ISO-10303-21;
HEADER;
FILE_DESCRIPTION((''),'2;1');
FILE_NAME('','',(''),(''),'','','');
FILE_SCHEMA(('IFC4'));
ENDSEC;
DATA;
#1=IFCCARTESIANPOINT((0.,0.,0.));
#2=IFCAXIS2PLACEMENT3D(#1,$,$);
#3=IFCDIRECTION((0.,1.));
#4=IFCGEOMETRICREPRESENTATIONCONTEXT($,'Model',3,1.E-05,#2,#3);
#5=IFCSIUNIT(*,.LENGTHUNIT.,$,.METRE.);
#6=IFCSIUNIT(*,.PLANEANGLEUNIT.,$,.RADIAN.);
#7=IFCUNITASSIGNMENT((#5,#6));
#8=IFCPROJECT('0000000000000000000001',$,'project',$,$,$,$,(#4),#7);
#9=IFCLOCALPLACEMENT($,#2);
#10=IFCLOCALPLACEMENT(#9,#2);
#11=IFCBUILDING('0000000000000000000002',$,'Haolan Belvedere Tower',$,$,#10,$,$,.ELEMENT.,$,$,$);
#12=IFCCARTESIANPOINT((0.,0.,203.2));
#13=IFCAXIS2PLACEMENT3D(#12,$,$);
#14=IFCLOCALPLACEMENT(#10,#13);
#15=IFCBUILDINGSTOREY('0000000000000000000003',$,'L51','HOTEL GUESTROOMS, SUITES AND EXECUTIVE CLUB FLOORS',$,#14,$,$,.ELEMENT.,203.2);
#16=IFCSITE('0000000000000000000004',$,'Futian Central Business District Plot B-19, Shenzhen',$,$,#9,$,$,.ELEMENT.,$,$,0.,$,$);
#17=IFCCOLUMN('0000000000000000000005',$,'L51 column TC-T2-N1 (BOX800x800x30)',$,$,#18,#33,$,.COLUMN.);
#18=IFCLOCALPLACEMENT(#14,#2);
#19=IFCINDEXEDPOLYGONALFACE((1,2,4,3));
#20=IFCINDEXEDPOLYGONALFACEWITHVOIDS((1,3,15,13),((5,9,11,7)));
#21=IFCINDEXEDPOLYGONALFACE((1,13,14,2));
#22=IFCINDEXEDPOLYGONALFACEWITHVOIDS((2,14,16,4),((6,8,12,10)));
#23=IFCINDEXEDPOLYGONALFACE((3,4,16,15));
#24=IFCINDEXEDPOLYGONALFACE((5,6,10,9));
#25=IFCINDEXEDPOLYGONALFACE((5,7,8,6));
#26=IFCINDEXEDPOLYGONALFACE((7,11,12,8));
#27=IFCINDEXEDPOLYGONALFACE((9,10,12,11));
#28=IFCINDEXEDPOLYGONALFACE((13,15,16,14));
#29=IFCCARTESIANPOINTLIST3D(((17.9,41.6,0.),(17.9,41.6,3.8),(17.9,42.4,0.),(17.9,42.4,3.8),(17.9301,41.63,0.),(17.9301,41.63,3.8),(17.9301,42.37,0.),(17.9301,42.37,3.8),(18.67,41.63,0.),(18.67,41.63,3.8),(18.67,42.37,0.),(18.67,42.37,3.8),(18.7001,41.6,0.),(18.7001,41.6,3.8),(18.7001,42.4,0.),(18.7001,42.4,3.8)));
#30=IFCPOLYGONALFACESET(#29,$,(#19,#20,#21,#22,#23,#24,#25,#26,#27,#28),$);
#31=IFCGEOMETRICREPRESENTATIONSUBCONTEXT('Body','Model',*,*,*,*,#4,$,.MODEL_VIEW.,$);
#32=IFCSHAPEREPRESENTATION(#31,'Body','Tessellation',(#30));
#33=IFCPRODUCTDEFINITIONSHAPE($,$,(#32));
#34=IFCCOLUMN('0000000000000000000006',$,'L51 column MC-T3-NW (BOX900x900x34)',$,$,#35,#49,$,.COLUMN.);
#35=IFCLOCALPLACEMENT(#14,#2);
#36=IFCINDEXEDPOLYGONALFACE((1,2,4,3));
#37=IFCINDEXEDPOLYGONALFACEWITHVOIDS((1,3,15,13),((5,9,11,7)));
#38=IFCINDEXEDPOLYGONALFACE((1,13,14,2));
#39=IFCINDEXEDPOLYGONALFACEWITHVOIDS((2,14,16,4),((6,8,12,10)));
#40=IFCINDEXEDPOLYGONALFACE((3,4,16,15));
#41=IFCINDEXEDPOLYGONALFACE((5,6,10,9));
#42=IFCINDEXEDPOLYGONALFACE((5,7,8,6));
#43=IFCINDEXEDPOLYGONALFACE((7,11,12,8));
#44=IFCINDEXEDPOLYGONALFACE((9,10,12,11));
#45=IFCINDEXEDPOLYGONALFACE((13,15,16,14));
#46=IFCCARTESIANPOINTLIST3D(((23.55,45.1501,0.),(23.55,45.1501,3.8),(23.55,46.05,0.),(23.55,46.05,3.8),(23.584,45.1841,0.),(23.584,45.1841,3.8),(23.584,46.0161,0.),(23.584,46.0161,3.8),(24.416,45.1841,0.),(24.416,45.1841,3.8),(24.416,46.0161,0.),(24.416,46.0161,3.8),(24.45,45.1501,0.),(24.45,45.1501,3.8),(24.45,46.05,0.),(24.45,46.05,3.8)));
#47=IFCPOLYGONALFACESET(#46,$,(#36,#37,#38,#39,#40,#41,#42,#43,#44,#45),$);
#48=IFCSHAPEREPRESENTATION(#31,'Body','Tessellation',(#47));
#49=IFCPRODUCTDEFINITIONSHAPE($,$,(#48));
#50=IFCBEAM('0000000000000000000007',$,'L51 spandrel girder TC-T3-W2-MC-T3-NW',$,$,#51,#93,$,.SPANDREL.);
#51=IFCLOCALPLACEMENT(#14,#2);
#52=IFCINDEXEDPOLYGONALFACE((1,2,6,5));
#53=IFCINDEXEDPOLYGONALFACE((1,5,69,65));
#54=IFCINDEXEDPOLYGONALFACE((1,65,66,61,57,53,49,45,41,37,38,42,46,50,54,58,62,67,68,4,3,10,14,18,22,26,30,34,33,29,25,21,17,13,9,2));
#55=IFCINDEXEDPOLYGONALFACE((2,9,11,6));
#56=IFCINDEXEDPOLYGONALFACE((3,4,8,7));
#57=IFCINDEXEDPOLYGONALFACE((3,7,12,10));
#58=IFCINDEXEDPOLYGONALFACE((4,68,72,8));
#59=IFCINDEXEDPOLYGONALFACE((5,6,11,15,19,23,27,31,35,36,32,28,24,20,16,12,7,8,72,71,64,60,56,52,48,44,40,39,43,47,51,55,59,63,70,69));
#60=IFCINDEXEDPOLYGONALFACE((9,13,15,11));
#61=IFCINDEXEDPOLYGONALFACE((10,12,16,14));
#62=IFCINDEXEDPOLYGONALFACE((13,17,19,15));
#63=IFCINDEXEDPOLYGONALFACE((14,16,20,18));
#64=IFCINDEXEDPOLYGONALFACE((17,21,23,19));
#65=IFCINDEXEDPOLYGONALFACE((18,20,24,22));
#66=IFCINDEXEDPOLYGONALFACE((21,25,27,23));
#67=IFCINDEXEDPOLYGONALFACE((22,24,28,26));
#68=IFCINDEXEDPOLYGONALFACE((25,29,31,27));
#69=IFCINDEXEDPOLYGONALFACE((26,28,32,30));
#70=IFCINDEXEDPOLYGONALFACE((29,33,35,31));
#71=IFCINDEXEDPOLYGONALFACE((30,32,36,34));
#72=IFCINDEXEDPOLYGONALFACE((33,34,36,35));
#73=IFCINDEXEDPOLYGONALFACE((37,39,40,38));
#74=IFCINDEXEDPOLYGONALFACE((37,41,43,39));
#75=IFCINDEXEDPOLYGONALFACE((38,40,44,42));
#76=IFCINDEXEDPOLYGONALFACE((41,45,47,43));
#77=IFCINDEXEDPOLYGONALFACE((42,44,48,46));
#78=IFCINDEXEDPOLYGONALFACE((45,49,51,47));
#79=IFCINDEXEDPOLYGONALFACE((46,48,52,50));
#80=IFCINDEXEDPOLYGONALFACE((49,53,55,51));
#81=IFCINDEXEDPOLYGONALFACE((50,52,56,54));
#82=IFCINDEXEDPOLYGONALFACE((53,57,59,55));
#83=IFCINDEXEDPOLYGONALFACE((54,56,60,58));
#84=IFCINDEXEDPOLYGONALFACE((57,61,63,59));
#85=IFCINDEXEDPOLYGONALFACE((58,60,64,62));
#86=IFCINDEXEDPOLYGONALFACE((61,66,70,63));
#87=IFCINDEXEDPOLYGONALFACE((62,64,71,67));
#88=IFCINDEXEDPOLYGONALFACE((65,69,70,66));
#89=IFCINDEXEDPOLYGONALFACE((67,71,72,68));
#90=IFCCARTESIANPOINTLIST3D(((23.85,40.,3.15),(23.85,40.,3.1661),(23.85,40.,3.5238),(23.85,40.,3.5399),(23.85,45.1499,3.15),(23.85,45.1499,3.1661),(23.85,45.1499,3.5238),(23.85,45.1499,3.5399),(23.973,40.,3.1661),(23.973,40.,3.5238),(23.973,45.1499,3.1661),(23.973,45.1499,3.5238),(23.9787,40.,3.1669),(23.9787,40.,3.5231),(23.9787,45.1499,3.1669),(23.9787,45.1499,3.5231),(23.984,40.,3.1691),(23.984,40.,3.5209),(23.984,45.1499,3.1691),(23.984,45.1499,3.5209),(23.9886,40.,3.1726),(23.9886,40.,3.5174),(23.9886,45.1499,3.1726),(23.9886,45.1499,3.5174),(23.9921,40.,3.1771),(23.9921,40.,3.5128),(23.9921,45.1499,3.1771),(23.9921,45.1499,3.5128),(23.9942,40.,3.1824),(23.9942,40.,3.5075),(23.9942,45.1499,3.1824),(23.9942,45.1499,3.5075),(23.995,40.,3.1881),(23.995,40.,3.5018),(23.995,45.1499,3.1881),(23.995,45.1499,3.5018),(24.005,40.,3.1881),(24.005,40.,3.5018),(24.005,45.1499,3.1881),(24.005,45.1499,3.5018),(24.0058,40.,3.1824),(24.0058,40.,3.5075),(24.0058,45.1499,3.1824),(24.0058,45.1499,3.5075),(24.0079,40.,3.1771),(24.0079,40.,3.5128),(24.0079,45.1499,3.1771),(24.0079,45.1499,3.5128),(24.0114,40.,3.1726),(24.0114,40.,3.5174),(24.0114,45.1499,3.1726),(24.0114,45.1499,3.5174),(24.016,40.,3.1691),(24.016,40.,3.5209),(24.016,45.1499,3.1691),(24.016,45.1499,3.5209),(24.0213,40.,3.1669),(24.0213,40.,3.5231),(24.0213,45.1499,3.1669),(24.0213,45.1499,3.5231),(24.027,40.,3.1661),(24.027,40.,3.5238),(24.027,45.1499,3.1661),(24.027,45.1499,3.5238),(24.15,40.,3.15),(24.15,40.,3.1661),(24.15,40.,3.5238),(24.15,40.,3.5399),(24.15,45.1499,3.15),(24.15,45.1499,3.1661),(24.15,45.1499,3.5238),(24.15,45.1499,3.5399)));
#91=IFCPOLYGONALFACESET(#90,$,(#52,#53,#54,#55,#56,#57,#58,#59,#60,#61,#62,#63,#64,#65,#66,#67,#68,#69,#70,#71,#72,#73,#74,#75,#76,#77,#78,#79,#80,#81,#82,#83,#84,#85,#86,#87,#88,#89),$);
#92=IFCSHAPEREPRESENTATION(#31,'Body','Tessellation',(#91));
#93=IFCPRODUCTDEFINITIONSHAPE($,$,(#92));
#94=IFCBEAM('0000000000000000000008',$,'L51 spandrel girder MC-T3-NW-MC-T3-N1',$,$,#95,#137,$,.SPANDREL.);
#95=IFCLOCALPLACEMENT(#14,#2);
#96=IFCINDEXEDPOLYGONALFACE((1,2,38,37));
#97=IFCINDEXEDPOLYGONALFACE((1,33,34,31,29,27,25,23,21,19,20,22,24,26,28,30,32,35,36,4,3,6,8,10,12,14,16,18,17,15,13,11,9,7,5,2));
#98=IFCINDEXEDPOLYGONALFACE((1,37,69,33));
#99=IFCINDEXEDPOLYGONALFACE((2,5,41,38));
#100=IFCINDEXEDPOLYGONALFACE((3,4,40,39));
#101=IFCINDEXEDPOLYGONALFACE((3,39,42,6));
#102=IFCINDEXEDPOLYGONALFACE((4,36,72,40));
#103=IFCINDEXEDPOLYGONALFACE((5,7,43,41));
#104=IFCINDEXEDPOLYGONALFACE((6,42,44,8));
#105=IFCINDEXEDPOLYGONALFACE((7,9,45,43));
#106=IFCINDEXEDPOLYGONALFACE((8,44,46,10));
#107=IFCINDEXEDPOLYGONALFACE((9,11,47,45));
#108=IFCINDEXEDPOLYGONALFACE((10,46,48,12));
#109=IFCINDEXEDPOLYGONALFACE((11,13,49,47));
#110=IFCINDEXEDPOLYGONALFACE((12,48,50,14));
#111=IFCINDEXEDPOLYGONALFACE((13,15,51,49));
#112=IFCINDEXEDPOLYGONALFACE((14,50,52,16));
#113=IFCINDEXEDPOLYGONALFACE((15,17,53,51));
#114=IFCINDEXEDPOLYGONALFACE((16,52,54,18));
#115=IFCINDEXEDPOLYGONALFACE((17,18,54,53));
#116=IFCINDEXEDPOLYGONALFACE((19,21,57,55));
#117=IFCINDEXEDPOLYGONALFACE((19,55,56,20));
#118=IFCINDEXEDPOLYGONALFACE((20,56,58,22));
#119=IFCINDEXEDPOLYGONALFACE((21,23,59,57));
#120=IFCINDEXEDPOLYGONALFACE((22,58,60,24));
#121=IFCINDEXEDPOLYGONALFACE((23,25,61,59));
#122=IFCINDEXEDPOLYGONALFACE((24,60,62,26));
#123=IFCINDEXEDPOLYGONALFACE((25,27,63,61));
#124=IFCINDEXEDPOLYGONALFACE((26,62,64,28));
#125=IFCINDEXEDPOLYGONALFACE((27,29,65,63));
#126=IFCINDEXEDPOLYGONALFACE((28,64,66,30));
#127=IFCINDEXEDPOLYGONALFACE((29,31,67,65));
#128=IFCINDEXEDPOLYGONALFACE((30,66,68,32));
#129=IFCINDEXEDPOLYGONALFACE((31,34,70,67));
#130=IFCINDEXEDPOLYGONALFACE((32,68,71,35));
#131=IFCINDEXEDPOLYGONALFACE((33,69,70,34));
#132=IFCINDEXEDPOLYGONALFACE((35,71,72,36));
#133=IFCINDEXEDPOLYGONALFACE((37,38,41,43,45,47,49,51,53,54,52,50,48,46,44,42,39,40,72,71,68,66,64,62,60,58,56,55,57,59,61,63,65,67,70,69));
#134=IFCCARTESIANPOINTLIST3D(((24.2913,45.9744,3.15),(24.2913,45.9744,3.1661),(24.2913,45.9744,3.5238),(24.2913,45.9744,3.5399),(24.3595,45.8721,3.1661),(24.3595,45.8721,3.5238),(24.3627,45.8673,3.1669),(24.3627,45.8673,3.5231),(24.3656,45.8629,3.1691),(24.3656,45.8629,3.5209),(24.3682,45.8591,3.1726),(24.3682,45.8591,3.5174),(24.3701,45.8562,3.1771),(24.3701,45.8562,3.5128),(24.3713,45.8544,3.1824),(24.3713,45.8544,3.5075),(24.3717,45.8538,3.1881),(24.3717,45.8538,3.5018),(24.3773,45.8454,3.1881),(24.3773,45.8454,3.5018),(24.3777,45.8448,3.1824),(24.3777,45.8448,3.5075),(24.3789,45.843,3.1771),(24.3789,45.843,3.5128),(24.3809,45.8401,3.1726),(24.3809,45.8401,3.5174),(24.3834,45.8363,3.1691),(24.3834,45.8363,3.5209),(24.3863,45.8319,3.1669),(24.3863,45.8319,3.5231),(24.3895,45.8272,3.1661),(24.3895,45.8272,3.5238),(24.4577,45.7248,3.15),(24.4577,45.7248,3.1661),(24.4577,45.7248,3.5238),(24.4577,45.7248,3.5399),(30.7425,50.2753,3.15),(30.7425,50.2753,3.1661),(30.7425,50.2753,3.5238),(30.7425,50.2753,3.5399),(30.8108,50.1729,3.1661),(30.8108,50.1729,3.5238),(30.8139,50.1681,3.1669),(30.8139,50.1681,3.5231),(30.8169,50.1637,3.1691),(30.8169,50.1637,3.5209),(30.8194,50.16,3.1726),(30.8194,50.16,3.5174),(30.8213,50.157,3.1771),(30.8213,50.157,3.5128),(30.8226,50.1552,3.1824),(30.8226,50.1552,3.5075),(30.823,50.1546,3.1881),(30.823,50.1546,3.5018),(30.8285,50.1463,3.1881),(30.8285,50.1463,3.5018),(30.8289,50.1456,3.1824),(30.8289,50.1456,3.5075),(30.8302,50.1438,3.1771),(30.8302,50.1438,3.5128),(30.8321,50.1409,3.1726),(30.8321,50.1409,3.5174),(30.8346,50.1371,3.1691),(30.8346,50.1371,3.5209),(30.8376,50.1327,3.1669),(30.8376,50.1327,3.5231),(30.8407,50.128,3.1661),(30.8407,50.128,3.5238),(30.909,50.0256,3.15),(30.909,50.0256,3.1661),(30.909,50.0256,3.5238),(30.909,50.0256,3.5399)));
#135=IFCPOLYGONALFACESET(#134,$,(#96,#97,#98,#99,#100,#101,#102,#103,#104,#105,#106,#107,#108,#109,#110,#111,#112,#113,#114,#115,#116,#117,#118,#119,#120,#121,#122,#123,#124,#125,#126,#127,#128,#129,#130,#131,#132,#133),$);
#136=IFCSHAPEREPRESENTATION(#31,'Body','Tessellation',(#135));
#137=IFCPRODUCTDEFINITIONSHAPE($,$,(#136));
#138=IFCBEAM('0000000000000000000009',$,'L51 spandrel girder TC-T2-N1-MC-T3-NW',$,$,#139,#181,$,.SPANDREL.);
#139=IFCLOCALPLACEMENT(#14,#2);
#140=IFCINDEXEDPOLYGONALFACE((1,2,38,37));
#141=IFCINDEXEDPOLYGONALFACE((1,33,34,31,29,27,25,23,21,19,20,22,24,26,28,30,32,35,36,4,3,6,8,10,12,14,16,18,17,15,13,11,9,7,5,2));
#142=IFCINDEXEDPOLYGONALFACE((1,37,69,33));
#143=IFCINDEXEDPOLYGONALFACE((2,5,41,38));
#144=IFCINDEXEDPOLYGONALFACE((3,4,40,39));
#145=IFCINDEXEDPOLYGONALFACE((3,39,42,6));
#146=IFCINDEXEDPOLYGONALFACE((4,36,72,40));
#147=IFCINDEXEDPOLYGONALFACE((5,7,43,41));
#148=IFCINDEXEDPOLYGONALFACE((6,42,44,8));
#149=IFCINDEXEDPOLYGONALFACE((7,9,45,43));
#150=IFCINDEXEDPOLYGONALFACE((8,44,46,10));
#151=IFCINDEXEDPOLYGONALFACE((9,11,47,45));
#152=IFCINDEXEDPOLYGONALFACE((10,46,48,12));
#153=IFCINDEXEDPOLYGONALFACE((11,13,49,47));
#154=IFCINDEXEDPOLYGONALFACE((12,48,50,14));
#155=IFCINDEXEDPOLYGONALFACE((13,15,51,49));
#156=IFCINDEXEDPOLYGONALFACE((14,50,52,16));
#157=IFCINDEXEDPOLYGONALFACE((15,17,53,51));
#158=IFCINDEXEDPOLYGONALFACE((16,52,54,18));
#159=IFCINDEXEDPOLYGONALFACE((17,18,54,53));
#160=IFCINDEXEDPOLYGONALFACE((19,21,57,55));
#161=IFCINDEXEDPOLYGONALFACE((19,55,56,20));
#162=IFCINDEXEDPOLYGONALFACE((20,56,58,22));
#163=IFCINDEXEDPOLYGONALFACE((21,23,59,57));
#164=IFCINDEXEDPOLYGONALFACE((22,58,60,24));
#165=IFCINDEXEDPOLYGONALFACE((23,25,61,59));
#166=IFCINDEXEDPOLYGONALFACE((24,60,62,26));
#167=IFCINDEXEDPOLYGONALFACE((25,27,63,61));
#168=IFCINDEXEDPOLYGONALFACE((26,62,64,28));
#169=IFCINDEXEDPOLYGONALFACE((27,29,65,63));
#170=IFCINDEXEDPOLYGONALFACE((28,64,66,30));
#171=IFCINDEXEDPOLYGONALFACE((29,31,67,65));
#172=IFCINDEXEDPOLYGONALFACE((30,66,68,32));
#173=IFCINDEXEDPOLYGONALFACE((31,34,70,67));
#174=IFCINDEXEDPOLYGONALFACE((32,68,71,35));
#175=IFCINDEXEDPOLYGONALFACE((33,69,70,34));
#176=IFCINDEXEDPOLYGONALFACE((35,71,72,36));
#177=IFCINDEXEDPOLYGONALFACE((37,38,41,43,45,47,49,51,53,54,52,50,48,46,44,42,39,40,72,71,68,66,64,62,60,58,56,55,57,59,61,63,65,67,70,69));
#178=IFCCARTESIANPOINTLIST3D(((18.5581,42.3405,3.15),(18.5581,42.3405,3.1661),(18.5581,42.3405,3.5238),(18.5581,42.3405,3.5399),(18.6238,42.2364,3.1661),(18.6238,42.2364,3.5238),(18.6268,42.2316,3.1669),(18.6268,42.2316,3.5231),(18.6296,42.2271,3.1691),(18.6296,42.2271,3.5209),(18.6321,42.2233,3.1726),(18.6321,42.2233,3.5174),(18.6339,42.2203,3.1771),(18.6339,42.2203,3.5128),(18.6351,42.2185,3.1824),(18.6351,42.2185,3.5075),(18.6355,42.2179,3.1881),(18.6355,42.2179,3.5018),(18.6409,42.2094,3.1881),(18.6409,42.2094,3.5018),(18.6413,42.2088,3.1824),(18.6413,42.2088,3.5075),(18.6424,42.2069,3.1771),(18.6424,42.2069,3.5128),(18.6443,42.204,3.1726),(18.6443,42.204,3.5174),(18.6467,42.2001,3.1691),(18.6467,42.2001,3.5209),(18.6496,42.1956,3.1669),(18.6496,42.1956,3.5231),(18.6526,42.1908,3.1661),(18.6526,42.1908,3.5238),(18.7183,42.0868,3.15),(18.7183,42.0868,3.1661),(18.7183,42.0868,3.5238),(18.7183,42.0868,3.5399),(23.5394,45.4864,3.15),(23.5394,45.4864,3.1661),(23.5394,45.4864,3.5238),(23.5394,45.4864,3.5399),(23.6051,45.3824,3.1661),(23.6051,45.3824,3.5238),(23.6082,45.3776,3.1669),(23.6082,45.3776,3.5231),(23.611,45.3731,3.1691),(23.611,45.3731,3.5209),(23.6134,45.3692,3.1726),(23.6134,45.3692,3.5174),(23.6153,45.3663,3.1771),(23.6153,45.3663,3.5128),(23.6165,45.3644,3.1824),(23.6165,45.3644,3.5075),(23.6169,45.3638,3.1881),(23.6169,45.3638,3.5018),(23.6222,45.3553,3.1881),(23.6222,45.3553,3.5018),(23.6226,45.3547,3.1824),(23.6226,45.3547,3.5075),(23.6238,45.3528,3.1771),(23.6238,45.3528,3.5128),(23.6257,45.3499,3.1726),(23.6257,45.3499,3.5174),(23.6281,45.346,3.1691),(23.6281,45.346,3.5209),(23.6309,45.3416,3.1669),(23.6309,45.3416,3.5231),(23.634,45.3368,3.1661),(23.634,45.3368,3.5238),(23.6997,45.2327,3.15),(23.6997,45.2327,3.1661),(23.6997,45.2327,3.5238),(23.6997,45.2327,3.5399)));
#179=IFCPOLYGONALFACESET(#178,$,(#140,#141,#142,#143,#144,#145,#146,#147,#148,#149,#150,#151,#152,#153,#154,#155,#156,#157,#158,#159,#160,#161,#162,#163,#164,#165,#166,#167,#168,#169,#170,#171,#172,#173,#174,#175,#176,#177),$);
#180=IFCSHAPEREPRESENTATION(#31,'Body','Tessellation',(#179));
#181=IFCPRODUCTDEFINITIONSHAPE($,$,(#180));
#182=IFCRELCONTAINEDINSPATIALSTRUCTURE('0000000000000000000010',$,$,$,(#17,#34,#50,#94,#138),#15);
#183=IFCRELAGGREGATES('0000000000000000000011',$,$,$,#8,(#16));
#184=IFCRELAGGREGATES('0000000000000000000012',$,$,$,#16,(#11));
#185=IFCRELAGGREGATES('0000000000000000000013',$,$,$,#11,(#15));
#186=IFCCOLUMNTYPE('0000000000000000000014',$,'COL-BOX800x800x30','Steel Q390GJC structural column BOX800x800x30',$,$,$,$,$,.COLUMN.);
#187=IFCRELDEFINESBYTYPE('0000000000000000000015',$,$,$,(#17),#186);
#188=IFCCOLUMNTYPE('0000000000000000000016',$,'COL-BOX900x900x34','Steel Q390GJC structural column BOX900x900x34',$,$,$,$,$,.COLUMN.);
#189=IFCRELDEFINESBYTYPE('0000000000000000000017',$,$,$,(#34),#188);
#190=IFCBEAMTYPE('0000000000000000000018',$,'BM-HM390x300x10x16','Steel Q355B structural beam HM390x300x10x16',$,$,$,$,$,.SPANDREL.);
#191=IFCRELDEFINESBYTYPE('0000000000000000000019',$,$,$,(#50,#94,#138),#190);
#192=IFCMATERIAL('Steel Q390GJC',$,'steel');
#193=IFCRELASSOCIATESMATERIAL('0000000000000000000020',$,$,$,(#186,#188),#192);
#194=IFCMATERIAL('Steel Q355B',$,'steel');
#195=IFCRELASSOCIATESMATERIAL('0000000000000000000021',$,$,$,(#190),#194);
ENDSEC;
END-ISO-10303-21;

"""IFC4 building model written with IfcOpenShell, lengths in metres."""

from ifc_helpers import new_model, si_unit, direction, frame, origin, origin_2d, place, context, subcontext, project, spatial, hollow_rectangle, i_section, extrude, material, material_profile, profile_set, type_object, element, save


model = new_model("IFC4")

# Units and contexts
model_context = context("Model", 3, precision=1e-05, world=origin(), true_north=direction((0.0, 1.0)))
body_context = subcontext(model_context, "Body", "Model", "MODEL_VIEW")
ifc_project = project(units=[si_unit("LENGTHUNIT", "METRE"), si_unit("PLANEANGLEUNIT", "RADIAN")], contexts=[model_context])

# Site, building, storey
site_placement = place(None, origin())
site = spatial("IfcSite", under=ifc_project, at=site_placement, Name="Futian Central Business District Plot B-19, Shenzhen", CompositionType="ELEMENT", RefElevation=0.0)
building_placement = place(site_placement, origin())
building = spatial("IfcBuilding", under=site, at=building_placement, Name="Haolan Belvedere Tower", CompositionType="ELEMENT")
storey_placement = place(building_placement, frame((0.0, 0.0, 203.2)))
storey = spatial("IfcBuildingStorey", under=building, at=storey_placement, Name="L51", Description="HOTEL GUESTROOMS, SUITES AND EXECUTIVE CLUB FLOORS", CompositionType="ELEMENT", Elevation=203.2)

# Columns
ifc_material_1 = material(Name="Steel Q390GJC", Category="steel")
ifc_material_profile_1 = material_profile(ifc_material_1, hollow_rectangle(XDim=0.8, YDim=0.8, WallThickness=0.03, at=origin_2d()), Name="Steel Q390GJC")
ifc_profile_set_1 = profile_set([ifc_material_profile_1], Name="Steel Q390GJC")
column_type_1 = type_object("IfcColumnType", Name="COL-BOX800x800x30", Description="Steel Q390GJC structural column BOX800x800x30", PredefinedType="COLUMN", material=ifc_profile_set_1)
column_1_placement = place(storey_placement, frame((18.3, 42.0, 0.0), z_axis=(0.0, 0.0, 1.0), x_axis=(1.0, 0.0, 0.0)))
element("IfcColumn", 1, at=column_1_placement, inside=storey, type_object=column_type_1, Name="L51 column TC-T2-N1 (BOX800x800x30)", PredefinedType="COLUMN", context=body_context, shape_type="SweptSolid", body=[
    extrude(hollow_rectangle(XDim=0.8, YDim=0.8, WallThickness=0.03, at=origin_2d()), origin(), (0.0, 0.0, 1.0), 3.8),
])
ifc_material_profile_2 = material_profile(ifc_material_1, hollow_rectangle(XDim=0.8999, YDim=0.8999, WallThickness=0.0339, at=origin_2d()), Name="Steel Q390GJC")
ifc_profile_set_2 = profile_set([ifc_material_profile_2], Name="Steel Q390GJC")
column_type_2 = type_object("IfcColumnType", Name="COL-BOX900x900x34", Description="Steel Q390GJC structural column BOX900x900x34", PredefinedType="COLUMN", material=ifc_profile_set_2)
column_2_placement = place(storey_placement, frame((24.0, 45.6001, 0.0), z_axis=(0.0, 0.0, 1.0), x_axis=(1.0, 0.0, 0.0)))
element("IfcColumn", 2, at=column_2_placement, inside=storey, type_object=column_type_2, Name="L51 column MC-T3-NW (BOX900x900x34)", PredefinedType="COLUMN", context=body_context, shape_type="SweptSolid", body=[
    extrude(hollow_rectangle(XDim=0.8999, YDim=0.8999, WallThickness=0.0339, at=origin_2d()), origin(), (0.0, 0.0, 1.0), 3.8),
])

# Beams
ifc_material_2 = material(Name="Steel Q355B", Category="steel")
ifc_material_profile_3 = material_profile(ifc_material_2, i_section(OverallWidth=0.3, OverallDepth=0.3899, WebThickness=0.01, FlangeThickness=0.0161, FilletRadius=0.022, at=origin_2d()), Name="Steel Q355B")
ifc_profile_set_3 = profile_set([ifc_material_profile_3], Name="Steel Q355B")
beam_type_1 = type_object("IfcBeamType", Name="BM-HM390x300x10x16", Description="Steel Q355B structural beam HM390x300x10x16", PredefinedType="SPANDREL", material=ifc_profile_set_3)
beam_1_placement = place(storey_placement, frame((24.0, 40.0, 3.345), z_axis=(0.0, 1.0, 0.0), x_axis=(-1.0, 0.0, 0.0)))
element("IfcBeam", 3, at=beam_1_placement, inside=storey, type_object=beam_type_1, Name="L51 spandrel girder TC-T3-W2-MC-T3-NW", PredefinedType="SPANDREL", context=body_context, shape_type="SweptSolid", body=[
    extrude(i_section(OverallWidth=0.3, OverallDepth=0.3899, WebThickness=0.01, FlangeThickness=0.0161, FilletRadius=0.022, at=origin_2d()), origin(), (0.0, 0.0, 1.0), 5.1499),
])
beam_2_placement = place(storey_placement, frame((24.3745, 45.8496, 3.345), z_axis=(0.83205, 0.5547, 0.0), x_axis=(-0.5547, 0.83205, 0.0)))
element("IfcBeam", 4, at=beam_2_placement, inside=storey, type_object=beam_type_1, Name="L51 spandrel girder MC-T3-NW-MC-T3-N1", PredefinedType="SPANDREL", context=body_context, shape_type="SweptSolid", body=[
    extrude(i_section(OverallWidth=0.3, OverallDepth=0.3899, WebThickness=0.01, FlangeThickness=0.0161, FilletRadius=0.022, at=origin_2d()), origin(), (0.0, 0.0, 1.0), 7.7534),
])
beam_3_placement = place(storey_placement, frame((18.6382, 42.2136, 3.345), z_axis=(0.845503, 0.533971, 0.0), x_axis=(-0.533971, 0.845503, 0.0)))
element("IfcBeam", 5, at=beam_3_placement, inside=storey, type_object=beam_type_1, Name="L51 spandrel girder TC-T2-N1-MC-T3-NW", PredefinedType="SPANDREL", context=body_context, shape_type="SweptSolid", body=[
    extrude(i_section(OverallWidth=0.3, OverallDepth=0.3899, WebThickness=0.01, FlangeThickness=0.0161, FilletRadius=0.022, at=origin_2d()), origin(), (0.0, 0.0, 1.0), 5.8916),
])

save(model, "model.ifc")
